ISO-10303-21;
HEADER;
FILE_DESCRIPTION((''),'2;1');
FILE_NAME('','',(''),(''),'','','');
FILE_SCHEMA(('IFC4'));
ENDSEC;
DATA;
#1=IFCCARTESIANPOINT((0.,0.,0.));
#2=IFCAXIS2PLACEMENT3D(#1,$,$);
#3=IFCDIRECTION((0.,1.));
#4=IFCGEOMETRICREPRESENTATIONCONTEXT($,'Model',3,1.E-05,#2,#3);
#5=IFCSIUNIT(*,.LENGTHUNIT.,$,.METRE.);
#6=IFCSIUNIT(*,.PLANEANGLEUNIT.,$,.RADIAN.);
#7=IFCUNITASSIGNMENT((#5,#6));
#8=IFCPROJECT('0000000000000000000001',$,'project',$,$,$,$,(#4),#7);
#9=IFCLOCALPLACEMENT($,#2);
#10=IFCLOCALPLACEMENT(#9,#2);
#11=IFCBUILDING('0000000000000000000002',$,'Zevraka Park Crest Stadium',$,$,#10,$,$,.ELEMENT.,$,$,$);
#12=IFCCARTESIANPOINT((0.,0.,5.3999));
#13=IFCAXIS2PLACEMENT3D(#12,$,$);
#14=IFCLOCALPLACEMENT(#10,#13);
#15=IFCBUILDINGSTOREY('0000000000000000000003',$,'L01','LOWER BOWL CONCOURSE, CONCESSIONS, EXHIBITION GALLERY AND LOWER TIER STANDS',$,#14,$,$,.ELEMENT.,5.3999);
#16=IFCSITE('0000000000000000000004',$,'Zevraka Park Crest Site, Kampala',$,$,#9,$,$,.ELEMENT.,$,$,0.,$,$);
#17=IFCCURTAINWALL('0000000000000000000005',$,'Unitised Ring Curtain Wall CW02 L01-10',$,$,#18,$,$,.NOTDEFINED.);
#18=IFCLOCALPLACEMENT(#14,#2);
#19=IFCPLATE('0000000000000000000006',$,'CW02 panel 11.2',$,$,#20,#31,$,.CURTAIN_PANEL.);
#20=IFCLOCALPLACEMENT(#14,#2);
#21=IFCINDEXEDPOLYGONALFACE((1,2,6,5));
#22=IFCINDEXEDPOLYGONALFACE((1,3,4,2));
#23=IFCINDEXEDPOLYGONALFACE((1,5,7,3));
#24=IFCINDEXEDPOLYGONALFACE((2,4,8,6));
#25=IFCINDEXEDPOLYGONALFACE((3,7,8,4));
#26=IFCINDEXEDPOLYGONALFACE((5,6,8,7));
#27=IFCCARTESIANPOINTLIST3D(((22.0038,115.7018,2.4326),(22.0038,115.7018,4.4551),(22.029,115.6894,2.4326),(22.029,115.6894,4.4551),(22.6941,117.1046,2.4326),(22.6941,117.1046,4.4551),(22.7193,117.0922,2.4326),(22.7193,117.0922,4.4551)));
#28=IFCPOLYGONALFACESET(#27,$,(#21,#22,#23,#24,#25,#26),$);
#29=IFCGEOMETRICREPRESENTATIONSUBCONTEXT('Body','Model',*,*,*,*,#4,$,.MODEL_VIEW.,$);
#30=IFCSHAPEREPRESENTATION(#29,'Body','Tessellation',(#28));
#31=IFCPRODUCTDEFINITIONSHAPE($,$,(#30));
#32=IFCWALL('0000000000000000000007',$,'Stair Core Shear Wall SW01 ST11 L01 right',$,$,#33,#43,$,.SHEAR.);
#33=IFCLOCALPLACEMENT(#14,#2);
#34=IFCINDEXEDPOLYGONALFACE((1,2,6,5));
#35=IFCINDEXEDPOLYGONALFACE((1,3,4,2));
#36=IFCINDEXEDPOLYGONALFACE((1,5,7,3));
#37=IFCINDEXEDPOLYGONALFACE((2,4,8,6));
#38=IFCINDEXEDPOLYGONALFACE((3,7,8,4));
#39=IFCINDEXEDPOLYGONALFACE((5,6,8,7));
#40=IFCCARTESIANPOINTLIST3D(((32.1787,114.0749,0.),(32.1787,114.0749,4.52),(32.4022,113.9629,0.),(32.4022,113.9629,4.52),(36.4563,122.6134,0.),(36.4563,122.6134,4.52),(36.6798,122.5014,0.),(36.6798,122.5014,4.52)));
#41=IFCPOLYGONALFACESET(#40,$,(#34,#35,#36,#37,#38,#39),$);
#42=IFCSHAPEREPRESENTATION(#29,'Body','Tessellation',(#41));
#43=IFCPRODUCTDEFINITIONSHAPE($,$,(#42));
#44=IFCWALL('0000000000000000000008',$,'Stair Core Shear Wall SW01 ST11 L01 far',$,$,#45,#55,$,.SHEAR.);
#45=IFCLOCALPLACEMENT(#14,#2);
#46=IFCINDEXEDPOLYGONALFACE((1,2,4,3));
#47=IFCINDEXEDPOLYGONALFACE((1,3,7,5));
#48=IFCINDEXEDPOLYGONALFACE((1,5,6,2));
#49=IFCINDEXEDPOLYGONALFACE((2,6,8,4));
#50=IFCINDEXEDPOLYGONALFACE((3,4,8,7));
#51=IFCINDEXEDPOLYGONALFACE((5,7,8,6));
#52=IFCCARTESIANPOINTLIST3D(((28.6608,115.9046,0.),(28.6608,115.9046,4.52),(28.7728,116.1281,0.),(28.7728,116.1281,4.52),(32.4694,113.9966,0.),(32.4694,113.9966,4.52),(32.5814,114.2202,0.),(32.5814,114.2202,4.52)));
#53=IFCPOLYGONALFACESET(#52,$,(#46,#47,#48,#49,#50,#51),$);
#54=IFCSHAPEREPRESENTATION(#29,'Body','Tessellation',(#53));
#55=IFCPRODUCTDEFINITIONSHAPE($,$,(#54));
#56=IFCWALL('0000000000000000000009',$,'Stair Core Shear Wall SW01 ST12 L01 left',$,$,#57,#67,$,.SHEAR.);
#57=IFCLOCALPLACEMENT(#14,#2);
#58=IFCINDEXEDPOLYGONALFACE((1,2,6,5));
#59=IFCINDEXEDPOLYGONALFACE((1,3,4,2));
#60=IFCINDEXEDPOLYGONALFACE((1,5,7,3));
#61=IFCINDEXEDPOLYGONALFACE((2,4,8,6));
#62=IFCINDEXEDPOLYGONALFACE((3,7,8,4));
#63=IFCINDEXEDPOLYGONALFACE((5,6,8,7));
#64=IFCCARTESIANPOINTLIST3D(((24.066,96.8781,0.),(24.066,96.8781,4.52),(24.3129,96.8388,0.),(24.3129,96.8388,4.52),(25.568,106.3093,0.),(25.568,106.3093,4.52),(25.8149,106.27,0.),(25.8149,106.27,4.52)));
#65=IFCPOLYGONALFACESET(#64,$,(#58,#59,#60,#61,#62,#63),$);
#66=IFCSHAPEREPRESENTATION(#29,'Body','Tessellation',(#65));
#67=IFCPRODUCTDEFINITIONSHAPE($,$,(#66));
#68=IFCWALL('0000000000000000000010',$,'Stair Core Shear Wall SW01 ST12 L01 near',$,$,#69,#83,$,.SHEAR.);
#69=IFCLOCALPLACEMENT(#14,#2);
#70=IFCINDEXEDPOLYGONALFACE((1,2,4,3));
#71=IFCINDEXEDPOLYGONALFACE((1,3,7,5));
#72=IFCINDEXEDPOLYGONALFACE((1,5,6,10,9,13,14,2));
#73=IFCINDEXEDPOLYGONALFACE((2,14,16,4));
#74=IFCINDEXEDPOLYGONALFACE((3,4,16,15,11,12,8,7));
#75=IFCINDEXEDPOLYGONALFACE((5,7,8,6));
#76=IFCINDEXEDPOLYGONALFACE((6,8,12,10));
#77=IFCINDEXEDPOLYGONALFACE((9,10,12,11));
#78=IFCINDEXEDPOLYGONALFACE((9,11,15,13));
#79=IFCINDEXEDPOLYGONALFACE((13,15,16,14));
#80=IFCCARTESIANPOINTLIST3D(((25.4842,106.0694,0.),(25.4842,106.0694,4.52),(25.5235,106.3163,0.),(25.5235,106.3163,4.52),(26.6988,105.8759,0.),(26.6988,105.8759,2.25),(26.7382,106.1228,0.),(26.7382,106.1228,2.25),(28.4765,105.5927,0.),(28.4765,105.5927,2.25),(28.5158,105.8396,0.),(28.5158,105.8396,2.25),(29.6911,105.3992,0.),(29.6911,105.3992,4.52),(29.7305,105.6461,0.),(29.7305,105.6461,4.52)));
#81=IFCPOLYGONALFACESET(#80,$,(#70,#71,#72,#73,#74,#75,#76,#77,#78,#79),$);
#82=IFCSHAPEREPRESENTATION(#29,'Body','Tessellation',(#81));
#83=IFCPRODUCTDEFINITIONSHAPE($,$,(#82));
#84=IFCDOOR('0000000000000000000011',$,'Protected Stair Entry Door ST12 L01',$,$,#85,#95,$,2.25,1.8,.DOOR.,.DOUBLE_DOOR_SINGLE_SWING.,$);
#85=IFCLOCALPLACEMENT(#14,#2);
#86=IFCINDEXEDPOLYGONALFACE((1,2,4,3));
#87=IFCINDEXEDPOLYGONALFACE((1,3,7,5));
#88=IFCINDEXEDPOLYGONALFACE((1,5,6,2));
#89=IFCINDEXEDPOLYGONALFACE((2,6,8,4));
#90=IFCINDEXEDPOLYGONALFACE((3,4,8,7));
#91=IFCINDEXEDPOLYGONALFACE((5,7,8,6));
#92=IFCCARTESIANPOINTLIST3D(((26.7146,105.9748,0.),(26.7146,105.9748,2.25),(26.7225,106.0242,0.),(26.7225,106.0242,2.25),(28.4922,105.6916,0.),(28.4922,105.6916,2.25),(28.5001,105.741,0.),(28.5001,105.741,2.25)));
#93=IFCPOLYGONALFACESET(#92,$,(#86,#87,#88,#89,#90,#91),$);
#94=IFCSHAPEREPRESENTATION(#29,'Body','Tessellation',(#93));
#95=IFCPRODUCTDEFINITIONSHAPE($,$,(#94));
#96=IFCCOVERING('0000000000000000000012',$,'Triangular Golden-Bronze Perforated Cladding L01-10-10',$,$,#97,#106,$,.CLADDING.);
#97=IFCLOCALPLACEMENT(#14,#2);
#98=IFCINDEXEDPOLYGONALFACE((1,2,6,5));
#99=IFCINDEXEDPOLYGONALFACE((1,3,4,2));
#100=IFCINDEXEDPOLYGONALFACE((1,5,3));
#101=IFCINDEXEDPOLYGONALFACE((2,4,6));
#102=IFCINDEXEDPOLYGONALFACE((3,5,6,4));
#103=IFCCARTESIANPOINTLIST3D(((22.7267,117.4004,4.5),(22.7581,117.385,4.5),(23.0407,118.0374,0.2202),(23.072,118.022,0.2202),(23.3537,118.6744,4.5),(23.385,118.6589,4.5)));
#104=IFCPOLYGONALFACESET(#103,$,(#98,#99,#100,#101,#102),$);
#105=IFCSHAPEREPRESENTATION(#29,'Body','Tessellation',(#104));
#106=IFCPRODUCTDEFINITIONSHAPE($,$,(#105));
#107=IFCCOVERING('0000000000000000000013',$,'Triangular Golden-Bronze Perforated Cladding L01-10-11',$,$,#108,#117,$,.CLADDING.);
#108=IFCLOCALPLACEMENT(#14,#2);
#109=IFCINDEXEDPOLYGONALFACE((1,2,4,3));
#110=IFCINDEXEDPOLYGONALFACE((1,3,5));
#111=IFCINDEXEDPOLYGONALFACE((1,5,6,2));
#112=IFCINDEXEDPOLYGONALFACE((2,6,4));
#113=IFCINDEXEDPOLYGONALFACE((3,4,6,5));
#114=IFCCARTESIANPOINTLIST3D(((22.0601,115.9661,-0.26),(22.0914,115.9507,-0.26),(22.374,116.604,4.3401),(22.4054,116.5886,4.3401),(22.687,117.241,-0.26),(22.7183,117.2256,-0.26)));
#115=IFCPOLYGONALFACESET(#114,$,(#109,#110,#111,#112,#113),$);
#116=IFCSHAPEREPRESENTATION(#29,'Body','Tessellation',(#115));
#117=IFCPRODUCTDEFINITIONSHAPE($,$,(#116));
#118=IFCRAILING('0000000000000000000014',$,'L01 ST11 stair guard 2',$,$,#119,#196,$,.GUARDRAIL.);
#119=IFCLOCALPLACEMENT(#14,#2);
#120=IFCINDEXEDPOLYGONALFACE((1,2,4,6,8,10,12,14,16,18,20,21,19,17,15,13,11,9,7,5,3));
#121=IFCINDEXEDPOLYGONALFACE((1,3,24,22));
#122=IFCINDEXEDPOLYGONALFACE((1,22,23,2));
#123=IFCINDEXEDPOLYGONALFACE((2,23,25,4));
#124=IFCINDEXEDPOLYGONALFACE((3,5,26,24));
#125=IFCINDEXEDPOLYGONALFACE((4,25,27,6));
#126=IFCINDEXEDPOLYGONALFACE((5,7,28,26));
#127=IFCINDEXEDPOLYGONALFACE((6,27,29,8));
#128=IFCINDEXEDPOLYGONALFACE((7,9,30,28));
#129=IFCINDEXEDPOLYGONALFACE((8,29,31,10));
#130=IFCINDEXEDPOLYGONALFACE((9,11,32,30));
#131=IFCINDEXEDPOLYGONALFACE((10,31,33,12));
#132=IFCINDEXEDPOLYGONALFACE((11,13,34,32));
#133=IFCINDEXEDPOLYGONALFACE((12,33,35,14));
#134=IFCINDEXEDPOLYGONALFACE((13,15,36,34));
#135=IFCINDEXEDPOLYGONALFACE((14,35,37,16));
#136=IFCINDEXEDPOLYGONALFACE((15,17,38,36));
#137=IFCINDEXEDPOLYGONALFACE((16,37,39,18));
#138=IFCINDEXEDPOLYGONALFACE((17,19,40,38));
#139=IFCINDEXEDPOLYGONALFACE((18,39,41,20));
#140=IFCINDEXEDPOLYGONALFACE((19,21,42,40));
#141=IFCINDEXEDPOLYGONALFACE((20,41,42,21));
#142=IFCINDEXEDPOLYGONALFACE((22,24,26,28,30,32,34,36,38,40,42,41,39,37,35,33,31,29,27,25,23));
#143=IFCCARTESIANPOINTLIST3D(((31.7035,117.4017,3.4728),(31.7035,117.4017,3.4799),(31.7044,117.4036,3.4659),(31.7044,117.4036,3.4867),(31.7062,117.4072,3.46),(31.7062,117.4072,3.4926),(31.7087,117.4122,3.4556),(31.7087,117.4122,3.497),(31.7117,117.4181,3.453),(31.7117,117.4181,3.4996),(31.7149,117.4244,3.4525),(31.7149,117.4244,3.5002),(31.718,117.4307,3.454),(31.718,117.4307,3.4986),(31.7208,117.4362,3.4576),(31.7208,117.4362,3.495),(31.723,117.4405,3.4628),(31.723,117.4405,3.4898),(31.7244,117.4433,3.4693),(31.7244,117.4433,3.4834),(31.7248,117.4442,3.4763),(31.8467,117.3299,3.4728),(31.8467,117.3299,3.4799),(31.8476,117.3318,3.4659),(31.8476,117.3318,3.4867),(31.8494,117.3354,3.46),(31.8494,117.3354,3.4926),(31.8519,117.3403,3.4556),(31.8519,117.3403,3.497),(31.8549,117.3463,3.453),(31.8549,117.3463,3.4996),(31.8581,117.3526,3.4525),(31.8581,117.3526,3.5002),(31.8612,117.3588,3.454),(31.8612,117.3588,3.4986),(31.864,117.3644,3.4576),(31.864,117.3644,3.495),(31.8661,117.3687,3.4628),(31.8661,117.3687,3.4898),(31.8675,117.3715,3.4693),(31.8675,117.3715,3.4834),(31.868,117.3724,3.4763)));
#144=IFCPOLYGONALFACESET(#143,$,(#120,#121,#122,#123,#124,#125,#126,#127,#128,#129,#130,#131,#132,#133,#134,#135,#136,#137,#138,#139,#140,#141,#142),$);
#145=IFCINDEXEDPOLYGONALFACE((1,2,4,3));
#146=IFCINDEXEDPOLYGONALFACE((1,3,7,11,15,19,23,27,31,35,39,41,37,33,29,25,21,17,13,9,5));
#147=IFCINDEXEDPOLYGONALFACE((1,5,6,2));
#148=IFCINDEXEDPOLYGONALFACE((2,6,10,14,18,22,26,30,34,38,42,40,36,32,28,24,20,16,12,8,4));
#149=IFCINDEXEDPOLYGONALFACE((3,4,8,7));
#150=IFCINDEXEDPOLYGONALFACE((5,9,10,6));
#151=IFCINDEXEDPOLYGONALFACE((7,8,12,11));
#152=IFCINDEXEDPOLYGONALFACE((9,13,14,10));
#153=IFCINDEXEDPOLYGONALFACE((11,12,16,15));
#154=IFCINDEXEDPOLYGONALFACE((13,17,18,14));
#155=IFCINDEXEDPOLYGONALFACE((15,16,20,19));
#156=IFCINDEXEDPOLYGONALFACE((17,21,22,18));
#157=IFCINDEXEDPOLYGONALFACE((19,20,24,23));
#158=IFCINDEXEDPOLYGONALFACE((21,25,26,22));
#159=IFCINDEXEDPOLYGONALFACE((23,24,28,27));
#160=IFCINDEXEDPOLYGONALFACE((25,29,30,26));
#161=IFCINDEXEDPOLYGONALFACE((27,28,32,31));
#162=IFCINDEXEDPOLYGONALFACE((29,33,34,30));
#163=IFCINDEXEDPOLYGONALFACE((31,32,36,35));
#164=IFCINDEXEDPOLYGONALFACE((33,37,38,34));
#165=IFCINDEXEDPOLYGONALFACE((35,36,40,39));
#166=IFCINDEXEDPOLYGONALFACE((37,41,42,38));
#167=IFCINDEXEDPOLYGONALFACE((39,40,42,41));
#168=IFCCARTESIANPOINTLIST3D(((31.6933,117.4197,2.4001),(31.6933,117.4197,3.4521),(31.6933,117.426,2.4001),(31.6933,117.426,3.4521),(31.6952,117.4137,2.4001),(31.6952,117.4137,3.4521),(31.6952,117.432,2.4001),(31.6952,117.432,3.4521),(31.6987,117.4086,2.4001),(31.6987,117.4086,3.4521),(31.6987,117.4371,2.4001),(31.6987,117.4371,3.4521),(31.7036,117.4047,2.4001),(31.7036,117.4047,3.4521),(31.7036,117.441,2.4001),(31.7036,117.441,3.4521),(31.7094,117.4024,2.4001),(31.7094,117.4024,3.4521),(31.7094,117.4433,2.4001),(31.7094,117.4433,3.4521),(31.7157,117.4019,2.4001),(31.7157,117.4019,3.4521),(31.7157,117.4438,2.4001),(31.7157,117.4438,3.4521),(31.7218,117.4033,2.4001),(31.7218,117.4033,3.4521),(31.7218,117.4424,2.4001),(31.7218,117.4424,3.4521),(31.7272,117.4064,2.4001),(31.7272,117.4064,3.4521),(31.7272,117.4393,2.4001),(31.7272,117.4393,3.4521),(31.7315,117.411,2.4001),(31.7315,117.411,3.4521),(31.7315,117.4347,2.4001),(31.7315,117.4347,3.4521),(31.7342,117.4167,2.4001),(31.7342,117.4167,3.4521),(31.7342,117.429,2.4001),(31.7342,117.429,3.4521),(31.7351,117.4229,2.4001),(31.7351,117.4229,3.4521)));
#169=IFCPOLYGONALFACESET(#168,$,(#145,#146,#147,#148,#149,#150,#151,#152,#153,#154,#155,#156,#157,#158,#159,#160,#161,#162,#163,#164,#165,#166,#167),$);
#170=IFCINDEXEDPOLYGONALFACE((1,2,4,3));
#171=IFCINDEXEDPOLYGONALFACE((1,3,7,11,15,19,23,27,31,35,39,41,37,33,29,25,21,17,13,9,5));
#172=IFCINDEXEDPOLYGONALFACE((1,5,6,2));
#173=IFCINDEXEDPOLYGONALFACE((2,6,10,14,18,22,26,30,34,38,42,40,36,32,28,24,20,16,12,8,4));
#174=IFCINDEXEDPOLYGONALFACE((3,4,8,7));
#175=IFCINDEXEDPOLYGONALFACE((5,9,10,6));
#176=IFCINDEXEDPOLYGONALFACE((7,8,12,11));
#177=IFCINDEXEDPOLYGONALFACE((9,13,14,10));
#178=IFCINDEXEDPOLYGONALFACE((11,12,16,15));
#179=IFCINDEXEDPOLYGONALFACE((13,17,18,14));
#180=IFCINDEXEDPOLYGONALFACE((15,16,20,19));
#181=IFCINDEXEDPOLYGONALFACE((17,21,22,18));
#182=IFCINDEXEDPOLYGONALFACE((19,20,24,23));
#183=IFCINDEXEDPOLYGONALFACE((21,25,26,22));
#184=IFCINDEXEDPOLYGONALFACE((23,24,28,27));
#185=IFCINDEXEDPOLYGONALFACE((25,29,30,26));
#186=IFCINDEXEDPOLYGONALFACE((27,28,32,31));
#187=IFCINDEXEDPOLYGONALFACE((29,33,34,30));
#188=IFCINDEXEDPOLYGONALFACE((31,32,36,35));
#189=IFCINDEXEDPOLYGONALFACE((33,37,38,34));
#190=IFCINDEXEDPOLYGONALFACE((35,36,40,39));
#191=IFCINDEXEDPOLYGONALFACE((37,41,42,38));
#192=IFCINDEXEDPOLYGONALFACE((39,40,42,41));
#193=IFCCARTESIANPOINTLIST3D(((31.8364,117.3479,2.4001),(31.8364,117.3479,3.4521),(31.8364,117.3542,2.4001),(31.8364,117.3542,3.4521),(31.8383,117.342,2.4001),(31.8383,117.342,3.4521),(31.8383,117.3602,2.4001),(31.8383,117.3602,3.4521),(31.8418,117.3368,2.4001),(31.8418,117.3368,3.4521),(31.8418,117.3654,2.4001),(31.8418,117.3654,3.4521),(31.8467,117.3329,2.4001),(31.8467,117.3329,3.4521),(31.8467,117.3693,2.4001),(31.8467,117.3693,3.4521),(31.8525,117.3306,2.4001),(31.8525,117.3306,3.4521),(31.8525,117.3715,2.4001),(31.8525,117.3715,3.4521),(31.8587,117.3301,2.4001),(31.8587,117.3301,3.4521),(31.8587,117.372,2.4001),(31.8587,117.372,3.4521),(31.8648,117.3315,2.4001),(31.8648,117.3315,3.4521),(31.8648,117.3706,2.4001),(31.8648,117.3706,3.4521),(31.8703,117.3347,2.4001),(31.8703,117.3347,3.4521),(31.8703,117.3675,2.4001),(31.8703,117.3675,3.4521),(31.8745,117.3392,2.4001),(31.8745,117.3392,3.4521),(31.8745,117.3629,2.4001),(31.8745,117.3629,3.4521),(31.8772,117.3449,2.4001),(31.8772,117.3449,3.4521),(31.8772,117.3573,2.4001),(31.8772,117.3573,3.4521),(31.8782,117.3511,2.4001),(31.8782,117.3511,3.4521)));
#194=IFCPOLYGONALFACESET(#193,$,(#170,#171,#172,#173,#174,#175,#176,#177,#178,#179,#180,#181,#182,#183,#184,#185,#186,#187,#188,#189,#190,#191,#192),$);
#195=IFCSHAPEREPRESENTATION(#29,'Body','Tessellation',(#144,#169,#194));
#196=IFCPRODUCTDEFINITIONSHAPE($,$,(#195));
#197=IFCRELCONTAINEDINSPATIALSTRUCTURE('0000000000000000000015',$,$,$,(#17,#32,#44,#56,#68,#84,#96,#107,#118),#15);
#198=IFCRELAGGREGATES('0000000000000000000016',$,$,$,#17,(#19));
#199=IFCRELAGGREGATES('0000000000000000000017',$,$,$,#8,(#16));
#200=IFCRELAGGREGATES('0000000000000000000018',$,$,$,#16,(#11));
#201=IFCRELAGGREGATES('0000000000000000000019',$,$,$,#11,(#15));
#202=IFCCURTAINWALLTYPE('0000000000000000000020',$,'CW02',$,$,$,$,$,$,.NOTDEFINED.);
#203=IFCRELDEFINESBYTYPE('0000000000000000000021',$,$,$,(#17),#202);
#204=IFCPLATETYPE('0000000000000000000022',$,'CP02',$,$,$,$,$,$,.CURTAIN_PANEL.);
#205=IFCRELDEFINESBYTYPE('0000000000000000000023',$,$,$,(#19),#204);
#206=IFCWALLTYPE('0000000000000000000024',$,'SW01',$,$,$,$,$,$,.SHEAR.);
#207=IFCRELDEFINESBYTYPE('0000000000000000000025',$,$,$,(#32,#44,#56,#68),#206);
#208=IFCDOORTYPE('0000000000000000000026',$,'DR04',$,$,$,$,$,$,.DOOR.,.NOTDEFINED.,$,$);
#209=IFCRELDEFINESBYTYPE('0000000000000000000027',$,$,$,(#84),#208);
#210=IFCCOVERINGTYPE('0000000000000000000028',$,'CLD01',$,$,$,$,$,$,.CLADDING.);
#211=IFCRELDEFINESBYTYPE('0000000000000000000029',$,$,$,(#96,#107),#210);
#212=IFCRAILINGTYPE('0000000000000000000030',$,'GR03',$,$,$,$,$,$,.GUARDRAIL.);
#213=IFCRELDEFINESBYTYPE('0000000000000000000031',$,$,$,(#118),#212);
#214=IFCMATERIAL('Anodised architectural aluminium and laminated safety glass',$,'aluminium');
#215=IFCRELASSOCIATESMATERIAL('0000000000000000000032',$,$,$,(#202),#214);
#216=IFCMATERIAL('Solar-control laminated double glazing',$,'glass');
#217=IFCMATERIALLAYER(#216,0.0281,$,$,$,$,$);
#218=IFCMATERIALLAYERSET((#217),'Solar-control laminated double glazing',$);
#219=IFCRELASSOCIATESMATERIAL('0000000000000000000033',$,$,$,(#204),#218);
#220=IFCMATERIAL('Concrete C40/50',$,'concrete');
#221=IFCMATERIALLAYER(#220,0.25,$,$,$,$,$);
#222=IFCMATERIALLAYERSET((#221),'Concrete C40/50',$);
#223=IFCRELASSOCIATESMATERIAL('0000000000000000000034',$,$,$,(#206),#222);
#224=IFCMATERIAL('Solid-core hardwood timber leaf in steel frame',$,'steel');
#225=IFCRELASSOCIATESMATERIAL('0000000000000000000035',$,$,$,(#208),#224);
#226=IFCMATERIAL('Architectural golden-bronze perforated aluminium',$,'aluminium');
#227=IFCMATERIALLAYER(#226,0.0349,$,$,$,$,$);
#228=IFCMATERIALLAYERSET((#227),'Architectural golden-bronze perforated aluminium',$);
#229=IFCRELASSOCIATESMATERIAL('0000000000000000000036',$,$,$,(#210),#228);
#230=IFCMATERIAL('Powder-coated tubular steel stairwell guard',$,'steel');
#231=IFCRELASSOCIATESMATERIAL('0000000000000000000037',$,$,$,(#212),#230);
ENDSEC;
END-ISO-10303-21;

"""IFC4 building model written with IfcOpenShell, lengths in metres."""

from ifc_helpers import new_model, si_unit, direction, frame, frame_2d, origin, origin_2d, place, context, subcontext, project, spatial, polyline, rectangle, circle, outline, extrude, material, layer, layer_set, type_object, element, fill, aggregate, save


model = new_model("IFC4")

# Units and contexts
model_context = context("Model", 3, precision=1e-05, world=origin(), true_north=direction((0.0, 1.0)))
body_context = subcontext(model_context, "Body", "Model", "MODEL_VIEW")
ifc_project = project(units=[si_unit("LENGTHUNIT", "METRE"), si_unit("PLANEANGLEUNIT", "RADIAN")], contexts=[model_context])

# Site, building, storey
site_placement = place(None, origin())
site = spatial("IfcSite", under=ifc_project, at=site_placement, Name="Zevraka Park Crest Site, Kampala", CompositionType="ELEMENT", RefElevation=0.0)
building_placement = place(site_placement, origin())
building = spatial("IfcBuilding", under=site, at=building_placement, Name="Zevraka Park Crest Stadium", CompositionType="ELEMENT")
storey_placement = place(building_placement, frame((0.0, 0.0, 5.3999)))
storey = spatial("IfcBuildingStorey", under=building, at=storey_placement, Name="L01", Description="LOWER BOWL CONCOURSE, CONCESSIONS, EXHIBITION GALLERY AND LOWER TIER STANDS", CompositionType="ELEMENT", Elevation=5.3999)

# Curtain wall
ifc_material_1 = material(Name="Anodised architectural aluminium and laminated safety glass", Category="aluminium")
curtain_wall_type = type_object("IfcCurtainWallType", Name="CW02", PredefinedType="NOTDEFINED", material=ifc_material_1)
curtain_wall_placement = place(storey_placement, origin())
curtain_wall = element("IfcCurtainWall", 1, at=curtain_wall_placement, inside=storey, type_object=curtain_wall_type, Name="Unitised Ring Curtain Wall CW02 L01-10", PredefinedType="NOTDEFINED")

# Plate
ifc_material_2 = material(Name="Solar-control laminated double glazing", Category="glass")
ifc_layer_1 = layer(ifc_material_2, 0.0281)
ifc_layer_set_1 = layer_set([ifc_layer_1], Name="Solar-control laminated double glazing")
plate_type = type_object("IfcPlateType", Name="CP02", PredefinedType="CURTAIN_PANEL", material=ifc_layer_set_1)
plate_placement = place(storey_placement, frame((22.3616, 116.397, 2.4326), z_axis=(0.0, 0.0, 1.0), x_axis=(-0.441517, -0.897253, 0.0)))
plate = element("IfcPlate", 2, at=plate_placement, type_object=plate_type, Name="CW02 panel 11.2", PredefinedType="CURTAIN_PANEL", context=body_context, shape_type="SweptSolid", body=[
    extrude(rectangle(XDim=1.5635, YDim=0.0281, at=origin_2d()), origin(), (0.0, 0.0, 1.0), 2.0225),
])
aggregate(curtain_wall, [plate])

# Walls
ifc_material_3 = material(Name="Concrete C40/50", Category="concrete")
ifc_layer_2 = layer(ifc_material_3, 0.25)
ifc_layer_set_2 = layer_set([ifc_layer_2], Name="Concrete C40/50")
wall_type = type_object("IfcWallType", Name="SW01", PredefinedType="SHEAR", material=ifc_layer_set_2)
wall_1_placement = place(storey_placement, frame((32.2905, 114.019, 0.0), z_axis=(0.0, 0.0, 1.0), x_axis=(0.447909, 0.894079, 0.0)))
element("IfcWall", 3, at=wall_1_placement, inside=storey, type_object=wall_type, Name="Stair Core Shear Wall SW01 ST11 L01 right", PredefinedType="SHEAR", context=body_context, shape_type="SweptSolid", body=[
    extrude(rectangle(XDim=9.55, YDim=0.25, at=frame_2d((4.7749, 0.0))), origin(), (0.0, 0.0, 1.0), 4.52),
])
wall_2_placement = place(storey_placement, frame((28.7168, 116.0164, 0.0), z_axis=(0.0, 0.0, 1.0), x_axis=(0.894083, -0.447901, 0.0)))
element("IfcWall", 4, at=wall_2_placement, inside=storey, type_object=wall_type, Name="Stair Core Shear Wall SW01 ST11 L01 far", PredefinedType="SHEAR", context=body_context, shape_type="SweptSolid", body=[
    extrude(rectangle(XDim=4.2598, YDim=0.25, at=frame_2d((2.1299, 0.0))), origin(), (0.0, 0.0, 1.0), 4.52),
])
wall_3_placement = place(storey_placement, frame((25.6914, 106.2896, 0.0), z_axis=(0.0, 0.0, 1.0), x_axis=(-0.157273, -0.987555, 0.0)))
element("IfcWall", 5, at=wall_3_placement, inside=storey, type_object=wall_type, Name="Stair Core Shear Wall SW01 ST12 L01 left", PredefinedType="SHEAR", context=body_context, shape_type="SweptSolid", body=[
    extrude(rectangle(XDim=9.55, YDim=0.25, at=frame_2d((4.7749, 0.0))), origin(), (0.0, 0.0, 1.0), 4.52),
])

# Wall, opening, door
wall_4_placement = place(storey_placement, frame((29.7107, 105.5227, 0.0), z_axis=(0.0, 0.0, 1.0), x_axis=(-0.987549, 0.157313, 0.0)))
wall_4 = element("IfcWall", 6, at=wall_4_placement, inside=storey, type_object=wall_type, Name="Stair Core Shear Wall SW01 ST12 L01 near", PredefinedType="SHEAR", context=body_context, shape_type="SweptSolid", body=[
    extrude(rectangle(XDim=4.26, YDim=0.25, at=frame_2d((2.1299, 0.0))), origin(), (0.0, 0.0, 1.0), 4.52),
])
opening_placement = place(wall_4_placement, frame((1.23, 0.0, 0.0)))
opening = element("IfcOpeningElement", 7, at=opening_placement, cuts=wall_4, PredefinedType="OPENING", context=body_context, shape_type="SweptSolid", body=[
    extrude(rectangle(XDim=1.8, YDim=2.25, at=frame_2d((0.8999, 1.125))), frame((0.0, 0.135, 0.0), z_axis=(0.0, -1.0, 0.0), x_axis=(1.0, 0.0, 0.0)), (0.0, 0.0, 1.0), 0.27),
])
ifc_material_4 = material(Name="Solid-core hardwood timber leaf in steel frame", Category="steel")
door_type = type_object("IfcDoorType", Name="DR04", OperationType="NOTDEFINED", PredefinedType="DOOR", material=ifc_material_4)
door_placement = place(opening_placement, origin())
door = element("IfcDoor", 8, at=door_placement, inside=storey, type_object=door_type, Name="Protected Stair Entry Door ST12 L01", OperationType="DOUBLE_DOOR_SINGLE_SWING", OverallHeight=2.25, OverallWidth=1.8, PredefinedType="DOOR", context=body_context, shape_type="SweptSolid", body=[
    extrude(rectangle(XDim=1.8, YDim=2.25, at=frame_2d((0.8999, 1.125))), frame((0.0, 0.0249, 0.0), z_axis=(0.0, -1.0, 0.0), x_axis=(1.0, 0.0, 0.0)), (0.0, 0.0, 1.0), 0.05),
])
fill(opening, door)

# Coverings
ifc_material_5 = material(Name="Architectural golden-bronze perforated aluminium", Category="aluminium")
ifc_layer_3 = layer(ifc_material_5, 0.0349)
ifc_layer_set_3 = layer_set([ifc_layer_3], Name="Architectural golden-bronze perforated aluminium")
covering_type = type_object("IfcCoveringType", Name="CLD01", PredefinedType="CLADDING", material=ifc_layer_set_3)
covering_1_placement = place(storey_placement, frame((22.7581, 117.385, 4.5), z_axis=(0.897229, -0.441565, 0.000102), x_axis=(0.441565, 0.897229, 0.0)))
element("IfcCovering", 9, at=covering_1_placement, inside=storey, type_object=covering_type, Name="Triangular Golden-Bronze Perforated Cladding L01-10-10", PredefinedType="CLADDING", context=body_context, shape_type="SweptSolid", body=[
    extrude(outline(polyline([(0.0, 0.0), (1.4198, 0.0), (0.7101, -4.2798), (0.0, 0.0)])), origin(), (0.0, 0.0, -1.0), 0.0349),
])
covering_2_placement = place(storey_placement, frame((22.687, 117.241, -0.26), z_axis=(-0.897363, 0.441292, 0.000048), x_axis=(-0.441292, -0.897363, 0.0)))
element("IfcCovering", 10, at=covering_2_placement, inside=storey, type_object=covering_type, Name="Triangular Golden-Bronze Perforated Cladding L01-10-11", PredefinedType="CLADDING", context=body_context, shape_type="SweptSolid", body=[
    extrude(outline(polyline([(0.0, 0.0), (1.4207, 0.0), (0.7097, 4.6001), (0.0, 0.0)])), origin(), (0.0, 0.0, -1.0), 0.0349),
])

# Railing
ifc_material_6 = material(Name="Powder-coated tubular steel stairwell guard", Category="steel")
railing_type = type_object("IfcRailingType", Name="GR03", PredefinedType="GUARDRAIL", material=ifc_material_6)
railing_1_placement = place(storey_placement, frame((31.7141, 117.4229, 2.4001)))
element("IfcRailing", 11, at=railing_1_placement, inside=storey, type_object=railing_type, Name="L01 ST11 stair guard 2", PredefinedType="GUARDRAIL", context=body_context, shape_type="SweptSolid", body=[
    extrude(circle(Radius=0.0239, at=origin_2d()), frame((0.0, 0.0, 1.0762), z_axis=(0.893816, -0.448433, 0.0), x_axis=(0.448433, 0.893816, 0.0)), (0.0, 0.0, 1.0), 0.1602),
    extrude(circle(Radius=0.021, at=origin_2d()), origin(), (0.0, 0.0, 1.0), 1.052),
    extrude(circle(Radius=0.021, at=origin_2d()), frame((0.1431, -0.0718, 0.0)), (0.0, 0.0, 1.0), 1.052),
])

save(model, "model.ifc")
